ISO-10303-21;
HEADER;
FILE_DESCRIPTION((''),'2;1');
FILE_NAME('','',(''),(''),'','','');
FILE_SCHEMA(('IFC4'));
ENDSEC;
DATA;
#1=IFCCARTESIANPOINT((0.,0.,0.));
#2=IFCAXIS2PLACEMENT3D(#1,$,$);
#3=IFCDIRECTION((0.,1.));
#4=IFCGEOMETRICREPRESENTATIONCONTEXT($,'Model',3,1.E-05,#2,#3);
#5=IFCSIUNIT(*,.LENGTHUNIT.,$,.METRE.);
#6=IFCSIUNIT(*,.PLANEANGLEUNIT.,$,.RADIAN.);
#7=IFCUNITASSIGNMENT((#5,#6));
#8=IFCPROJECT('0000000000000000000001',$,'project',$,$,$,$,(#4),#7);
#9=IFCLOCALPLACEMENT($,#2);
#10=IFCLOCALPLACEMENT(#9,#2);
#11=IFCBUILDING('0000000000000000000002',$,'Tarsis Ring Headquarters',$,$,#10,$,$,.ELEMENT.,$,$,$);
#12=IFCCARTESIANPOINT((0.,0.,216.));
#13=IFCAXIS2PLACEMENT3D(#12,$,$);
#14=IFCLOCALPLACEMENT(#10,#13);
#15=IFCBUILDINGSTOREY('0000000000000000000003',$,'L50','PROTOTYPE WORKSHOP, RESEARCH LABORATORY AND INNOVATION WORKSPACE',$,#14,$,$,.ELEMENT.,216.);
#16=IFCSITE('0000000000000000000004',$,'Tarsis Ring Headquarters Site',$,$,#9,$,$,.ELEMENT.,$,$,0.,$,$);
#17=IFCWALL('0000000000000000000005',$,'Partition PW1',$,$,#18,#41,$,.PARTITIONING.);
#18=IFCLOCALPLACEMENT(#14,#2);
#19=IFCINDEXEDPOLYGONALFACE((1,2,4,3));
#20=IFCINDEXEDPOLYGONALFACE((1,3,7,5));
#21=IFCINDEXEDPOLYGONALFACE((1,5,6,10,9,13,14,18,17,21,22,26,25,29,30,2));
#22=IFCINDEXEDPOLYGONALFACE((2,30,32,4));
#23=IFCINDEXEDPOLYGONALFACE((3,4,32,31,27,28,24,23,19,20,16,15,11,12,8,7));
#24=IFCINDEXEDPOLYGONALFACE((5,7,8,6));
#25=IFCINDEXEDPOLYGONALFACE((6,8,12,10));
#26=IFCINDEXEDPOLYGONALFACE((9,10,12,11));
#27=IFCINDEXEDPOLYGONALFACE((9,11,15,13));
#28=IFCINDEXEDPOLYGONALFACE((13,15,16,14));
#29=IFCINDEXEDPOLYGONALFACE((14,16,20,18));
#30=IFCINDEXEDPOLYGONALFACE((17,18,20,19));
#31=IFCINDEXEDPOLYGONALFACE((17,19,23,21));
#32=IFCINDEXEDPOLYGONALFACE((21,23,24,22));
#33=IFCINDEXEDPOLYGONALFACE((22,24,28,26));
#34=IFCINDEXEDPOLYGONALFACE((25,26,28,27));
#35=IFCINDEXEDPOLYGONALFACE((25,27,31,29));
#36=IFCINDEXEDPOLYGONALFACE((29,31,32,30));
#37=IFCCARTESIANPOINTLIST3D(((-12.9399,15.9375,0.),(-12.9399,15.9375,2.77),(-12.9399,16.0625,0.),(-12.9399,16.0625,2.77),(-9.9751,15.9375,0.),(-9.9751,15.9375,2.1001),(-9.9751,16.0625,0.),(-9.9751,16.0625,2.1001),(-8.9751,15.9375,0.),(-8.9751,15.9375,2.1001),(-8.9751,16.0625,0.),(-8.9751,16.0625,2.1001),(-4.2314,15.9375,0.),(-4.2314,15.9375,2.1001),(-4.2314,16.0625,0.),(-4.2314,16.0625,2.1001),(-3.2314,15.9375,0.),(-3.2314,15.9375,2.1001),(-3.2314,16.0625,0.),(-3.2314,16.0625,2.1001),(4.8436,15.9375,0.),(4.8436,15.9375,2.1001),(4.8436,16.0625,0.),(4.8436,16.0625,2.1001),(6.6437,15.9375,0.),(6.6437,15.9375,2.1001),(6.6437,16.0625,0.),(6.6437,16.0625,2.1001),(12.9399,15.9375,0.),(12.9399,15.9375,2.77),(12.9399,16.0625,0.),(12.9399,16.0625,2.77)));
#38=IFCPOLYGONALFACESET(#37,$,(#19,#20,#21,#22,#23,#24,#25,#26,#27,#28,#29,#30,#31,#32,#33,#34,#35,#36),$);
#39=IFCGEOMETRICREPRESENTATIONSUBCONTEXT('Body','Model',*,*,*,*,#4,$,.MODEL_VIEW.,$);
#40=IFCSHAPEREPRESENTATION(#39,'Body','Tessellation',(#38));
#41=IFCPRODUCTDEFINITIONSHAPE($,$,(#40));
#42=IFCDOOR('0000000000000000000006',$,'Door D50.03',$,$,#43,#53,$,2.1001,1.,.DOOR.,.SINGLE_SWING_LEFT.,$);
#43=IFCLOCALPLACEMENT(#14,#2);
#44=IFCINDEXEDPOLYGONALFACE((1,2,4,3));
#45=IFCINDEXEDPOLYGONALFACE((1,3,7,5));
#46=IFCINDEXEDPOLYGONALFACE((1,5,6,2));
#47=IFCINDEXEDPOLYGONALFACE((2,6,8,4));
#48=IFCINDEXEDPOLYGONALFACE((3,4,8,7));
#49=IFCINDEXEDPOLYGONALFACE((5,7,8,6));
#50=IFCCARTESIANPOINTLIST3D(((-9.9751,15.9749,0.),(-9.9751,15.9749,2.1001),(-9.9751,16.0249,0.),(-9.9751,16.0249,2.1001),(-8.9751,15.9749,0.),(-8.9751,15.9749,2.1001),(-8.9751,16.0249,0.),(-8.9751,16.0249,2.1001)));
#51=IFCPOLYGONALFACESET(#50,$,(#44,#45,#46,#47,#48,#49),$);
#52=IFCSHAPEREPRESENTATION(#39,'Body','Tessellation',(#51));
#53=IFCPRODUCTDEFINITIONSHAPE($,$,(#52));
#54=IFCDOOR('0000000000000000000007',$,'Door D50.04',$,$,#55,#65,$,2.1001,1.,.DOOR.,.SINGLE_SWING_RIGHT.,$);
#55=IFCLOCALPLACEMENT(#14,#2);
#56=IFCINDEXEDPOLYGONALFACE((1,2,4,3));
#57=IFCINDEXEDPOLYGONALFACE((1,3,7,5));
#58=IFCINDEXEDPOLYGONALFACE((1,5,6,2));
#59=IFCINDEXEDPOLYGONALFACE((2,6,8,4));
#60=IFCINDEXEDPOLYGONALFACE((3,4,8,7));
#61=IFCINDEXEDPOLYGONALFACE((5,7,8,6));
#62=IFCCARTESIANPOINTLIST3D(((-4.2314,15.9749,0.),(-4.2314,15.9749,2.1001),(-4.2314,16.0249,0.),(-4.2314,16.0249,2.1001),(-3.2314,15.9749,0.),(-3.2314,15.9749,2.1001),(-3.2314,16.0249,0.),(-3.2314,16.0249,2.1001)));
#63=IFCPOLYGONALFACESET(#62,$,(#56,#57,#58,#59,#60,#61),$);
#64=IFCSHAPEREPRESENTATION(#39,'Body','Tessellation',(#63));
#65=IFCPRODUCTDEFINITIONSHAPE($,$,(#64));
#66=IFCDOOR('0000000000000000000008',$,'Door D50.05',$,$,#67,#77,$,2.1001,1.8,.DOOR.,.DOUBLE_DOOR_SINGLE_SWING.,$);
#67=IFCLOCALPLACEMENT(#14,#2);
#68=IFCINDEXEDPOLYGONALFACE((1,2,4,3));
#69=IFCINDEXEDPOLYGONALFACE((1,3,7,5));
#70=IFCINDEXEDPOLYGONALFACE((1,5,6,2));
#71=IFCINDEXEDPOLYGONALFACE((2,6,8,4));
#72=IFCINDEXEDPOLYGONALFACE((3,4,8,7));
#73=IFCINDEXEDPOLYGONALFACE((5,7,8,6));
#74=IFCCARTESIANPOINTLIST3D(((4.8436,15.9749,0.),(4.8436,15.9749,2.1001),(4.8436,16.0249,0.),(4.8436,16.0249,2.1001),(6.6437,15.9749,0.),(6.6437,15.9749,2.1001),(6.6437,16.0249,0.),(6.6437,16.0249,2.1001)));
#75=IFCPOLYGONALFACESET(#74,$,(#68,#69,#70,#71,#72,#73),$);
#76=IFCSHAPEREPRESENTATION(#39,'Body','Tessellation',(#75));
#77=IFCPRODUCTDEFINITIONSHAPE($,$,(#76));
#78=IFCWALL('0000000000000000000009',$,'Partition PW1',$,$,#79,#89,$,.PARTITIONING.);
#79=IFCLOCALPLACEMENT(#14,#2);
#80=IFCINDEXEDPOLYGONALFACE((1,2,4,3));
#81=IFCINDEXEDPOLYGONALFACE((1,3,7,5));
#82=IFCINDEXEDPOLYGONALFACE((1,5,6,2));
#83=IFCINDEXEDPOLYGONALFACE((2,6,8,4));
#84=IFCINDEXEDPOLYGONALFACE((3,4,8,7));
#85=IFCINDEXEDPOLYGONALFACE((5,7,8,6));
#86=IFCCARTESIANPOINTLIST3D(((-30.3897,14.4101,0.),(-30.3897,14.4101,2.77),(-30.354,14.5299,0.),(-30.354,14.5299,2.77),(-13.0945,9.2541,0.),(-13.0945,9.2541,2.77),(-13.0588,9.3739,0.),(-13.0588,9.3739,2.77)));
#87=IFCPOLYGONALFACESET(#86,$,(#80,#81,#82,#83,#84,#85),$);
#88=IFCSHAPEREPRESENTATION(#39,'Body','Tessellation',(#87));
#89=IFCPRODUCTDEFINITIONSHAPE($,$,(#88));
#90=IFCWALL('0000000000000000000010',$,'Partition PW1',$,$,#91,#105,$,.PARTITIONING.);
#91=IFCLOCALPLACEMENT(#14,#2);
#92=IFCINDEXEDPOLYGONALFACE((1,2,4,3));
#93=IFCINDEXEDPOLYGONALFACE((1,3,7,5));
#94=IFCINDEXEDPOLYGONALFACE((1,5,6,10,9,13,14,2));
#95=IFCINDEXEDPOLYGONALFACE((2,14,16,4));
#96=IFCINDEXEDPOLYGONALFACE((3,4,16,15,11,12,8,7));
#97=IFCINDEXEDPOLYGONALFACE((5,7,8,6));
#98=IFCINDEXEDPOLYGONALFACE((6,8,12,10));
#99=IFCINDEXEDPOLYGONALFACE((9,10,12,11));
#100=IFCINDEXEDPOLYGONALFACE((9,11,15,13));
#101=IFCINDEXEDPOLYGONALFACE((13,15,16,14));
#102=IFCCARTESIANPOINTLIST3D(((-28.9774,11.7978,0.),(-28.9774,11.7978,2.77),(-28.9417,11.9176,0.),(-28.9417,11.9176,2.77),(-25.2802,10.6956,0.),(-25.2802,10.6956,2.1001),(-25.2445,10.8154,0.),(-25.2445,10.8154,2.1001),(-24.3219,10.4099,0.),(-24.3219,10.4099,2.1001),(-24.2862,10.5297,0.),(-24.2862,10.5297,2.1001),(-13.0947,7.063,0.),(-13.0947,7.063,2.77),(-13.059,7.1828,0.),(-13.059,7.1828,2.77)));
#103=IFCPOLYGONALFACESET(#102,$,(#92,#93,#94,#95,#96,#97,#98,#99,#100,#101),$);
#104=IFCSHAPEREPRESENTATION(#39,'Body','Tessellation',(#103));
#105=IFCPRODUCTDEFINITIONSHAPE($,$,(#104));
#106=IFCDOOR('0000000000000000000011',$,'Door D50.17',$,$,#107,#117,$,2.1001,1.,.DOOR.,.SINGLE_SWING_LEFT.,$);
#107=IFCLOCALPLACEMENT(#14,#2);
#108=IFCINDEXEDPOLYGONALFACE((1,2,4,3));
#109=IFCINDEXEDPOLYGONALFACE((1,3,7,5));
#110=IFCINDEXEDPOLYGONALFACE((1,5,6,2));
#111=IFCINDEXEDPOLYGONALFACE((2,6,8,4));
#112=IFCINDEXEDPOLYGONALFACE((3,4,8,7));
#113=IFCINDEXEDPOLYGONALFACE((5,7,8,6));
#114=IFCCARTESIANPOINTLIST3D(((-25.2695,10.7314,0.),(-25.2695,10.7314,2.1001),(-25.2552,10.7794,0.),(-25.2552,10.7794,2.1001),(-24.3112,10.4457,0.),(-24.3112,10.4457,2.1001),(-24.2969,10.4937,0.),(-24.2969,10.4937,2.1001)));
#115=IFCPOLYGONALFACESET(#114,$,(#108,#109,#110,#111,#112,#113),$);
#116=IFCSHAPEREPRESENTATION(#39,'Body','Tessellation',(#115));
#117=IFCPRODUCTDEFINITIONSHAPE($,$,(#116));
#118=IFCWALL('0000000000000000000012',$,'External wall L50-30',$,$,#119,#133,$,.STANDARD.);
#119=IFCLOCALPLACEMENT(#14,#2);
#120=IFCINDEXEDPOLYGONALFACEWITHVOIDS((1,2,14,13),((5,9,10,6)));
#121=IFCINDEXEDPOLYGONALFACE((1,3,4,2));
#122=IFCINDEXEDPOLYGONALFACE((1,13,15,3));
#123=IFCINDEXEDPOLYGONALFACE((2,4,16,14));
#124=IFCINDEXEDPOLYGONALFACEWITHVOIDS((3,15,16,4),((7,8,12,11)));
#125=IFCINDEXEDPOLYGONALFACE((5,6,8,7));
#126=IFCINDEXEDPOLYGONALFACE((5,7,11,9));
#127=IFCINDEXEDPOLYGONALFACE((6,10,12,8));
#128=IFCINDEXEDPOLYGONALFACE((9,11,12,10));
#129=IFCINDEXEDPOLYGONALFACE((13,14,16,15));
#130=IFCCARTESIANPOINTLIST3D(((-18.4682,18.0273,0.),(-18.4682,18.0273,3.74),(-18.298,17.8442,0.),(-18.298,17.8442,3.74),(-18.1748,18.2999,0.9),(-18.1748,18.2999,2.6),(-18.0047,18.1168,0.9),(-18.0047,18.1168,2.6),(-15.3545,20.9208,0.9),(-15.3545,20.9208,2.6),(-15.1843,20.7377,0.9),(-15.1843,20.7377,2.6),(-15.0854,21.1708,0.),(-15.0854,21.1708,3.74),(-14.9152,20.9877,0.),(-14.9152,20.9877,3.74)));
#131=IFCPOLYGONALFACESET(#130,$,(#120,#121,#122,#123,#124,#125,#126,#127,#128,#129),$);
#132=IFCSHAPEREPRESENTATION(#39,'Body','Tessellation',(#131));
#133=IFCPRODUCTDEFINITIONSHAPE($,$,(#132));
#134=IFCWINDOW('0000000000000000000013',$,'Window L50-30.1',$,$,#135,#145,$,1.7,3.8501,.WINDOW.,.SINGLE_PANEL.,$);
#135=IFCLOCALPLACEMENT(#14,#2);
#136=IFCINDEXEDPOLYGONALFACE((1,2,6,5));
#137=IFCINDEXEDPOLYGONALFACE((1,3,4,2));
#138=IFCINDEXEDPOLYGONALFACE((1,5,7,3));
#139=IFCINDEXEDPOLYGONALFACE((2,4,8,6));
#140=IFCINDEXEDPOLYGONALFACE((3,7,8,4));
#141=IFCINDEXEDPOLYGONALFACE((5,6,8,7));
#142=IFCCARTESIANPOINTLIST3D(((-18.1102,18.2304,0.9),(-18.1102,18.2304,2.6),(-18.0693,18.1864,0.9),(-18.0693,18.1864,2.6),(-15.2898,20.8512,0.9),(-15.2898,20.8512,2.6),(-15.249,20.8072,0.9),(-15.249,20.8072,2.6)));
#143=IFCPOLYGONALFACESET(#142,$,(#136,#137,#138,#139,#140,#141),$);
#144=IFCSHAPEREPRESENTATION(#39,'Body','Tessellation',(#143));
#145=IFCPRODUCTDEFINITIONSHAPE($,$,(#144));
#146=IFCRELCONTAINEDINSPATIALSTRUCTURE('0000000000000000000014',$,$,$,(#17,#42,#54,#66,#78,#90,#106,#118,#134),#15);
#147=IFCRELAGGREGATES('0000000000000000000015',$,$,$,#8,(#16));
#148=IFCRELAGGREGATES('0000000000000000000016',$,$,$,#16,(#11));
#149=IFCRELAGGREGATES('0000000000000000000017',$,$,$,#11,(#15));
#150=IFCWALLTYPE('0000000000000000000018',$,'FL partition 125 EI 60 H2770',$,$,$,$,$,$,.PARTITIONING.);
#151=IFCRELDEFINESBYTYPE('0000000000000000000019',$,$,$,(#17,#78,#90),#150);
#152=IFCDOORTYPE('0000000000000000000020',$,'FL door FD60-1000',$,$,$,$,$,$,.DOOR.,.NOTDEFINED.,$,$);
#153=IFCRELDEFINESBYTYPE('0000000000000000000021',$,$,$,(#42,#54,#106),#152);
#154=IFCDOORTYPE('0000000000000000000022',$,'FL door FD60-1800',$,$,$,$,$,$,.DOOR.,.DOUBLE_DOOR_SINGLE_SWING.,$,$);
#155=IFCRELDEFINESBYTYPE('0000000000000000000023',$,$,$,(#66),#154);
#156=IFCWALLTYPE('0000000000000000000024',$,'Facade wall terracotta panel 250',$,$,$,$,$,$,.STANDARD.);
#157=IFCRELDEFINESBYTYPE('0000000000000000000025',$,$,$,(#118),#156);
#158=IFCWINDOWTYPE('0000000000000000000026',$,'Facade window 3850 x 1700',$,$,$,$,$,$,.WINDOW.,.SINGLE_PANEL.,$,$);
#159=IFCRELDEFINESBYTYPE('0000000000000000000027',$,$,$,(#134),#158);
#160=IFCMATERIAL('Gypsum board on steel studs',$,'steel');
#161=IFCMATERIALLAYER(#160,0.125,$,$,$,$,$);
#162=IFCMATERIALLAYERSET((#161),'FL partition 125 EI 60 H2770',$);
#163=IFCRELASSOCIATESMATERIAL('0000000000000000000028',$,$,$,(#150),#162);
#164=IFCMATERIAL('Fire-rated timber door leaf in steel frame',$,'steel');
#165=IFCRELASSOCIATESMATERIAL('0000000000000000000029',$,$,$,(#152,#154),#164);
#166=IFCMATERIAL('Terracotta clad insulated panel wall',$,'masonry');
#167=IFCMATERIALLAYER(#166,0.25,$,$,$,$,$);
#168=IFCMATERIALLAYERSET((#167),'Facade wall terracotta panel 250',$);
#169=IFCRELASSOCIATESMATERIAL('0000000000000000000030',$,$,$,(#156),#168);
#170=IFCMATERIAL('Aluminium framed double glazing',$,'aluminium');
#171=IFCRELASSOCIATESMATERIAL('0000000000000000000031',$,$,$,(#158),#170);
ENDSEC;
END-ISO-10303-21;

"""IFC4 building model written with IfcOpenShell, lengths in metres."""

from ifc_helpers import new_model, si_unit, direction, frame, frame_2d, origin, place, context, subcontext, project, spatial, rectangle, extrude, material, layer, layer_set, type_object, element, fill, save


model = new_model("IFC4")

# Units and contexts
model_context = context("Model", 3, precision=1e-05, world=origin(), true_north=direction((0.0, 1.0)))
body_context = subcontext(model_context, "Body", "Model", "MODEL_VIEW")
ifc_project = project(units=[si_unit("LENGTHUNIT", "METRE"), si_unit("PLANEANGLEUNIT", "RADIAN")], contexts=[model_context])

# Site, building, storey
site_placement = place(None, origin())
site = spatial("IfcSite", under=ifc_project, at=site_placement, Name="Tarsis Ring Headquarters Site", CompositionType="ELEMENT", RefElevation=0.0)
building_placement = place(site_placement, origin())
building = spatial("IfcBuilding", under=site, at=building_placement, Name="Tarsis Ring Headquarters", CompositionType="ELEMENT")
storey_placement = place(building_placement, frame((0.0, 0.0, 216.0)))
storey = spatial("IfcBuildingStorey", under=building, at=storey_placement, Name="L50", Description="PROTOTYPE WORKSHOP, RESEARCH LABORATORY AND INNOVATION WORKSPACE", CompositionType="ELEMENT", Elevation=216.0)

# Shared definitions
ifc_material_1 = material(Name="Gypsum board on steel studs", Category="steel")

# Wall, openings, doors
ifc_layer_1 = layer(ifc_material_1, 0.125)
ifc_layer_set_1 = layer_set([ifc_layer_1], Name="FL partition 125 EI 60 H2770")
wall_type_1 = type_object("IfcWallType", Name="FL partition 125 EI 60 H2770", PredefinedType="PARTITIONING", material=ifc_layer_set_1)
wall_1_placement = place(storey_placement, frame((-12.9399, 16.0, 0.0), z_axis=(0.0, 0.0, 1.0), x_axis=(1.0, 0.0, 0.0)))
wall_1 = element("IfcWall", 1, at=wall_1_placement, inside=storey, type_object=wall_type_1, Name="Partition PW1", PredefinedType="PARTITIONING", context=body_context, shape_type="SweptSolid", body=[
    extrude(rectangle(XDim=25.8799, YDim=0.125, at=frame_2d((12.9399, 0.0))), origin(), (0.0, 0.0, 1.0), 2.77),
])
opening_1_placement = place(wall_1_placement, frame((2.9648, 0.0, 0.0)))
opening_1 = element("IfcOpeningElement", 2, at=opening_1_placement, cuts=wall_1, PredefinedType="OPENING", context=body_context, shape_type="SweptSolid", body=[
    extrude(rectangle(XDim=1.0, YDim=2.1001, at=frame_2d((0.5, 1.05))), frame((0.0, 0.0725, 0.0), z_axis=(0.0, -1.0, 0.0), x_axis=(1.0, 0.0, 0.0)), (0.0, 0.0, 1.0), 0.145),
])
opening_2_placement = place(wall_1_placement, frame((8.7085, 0.0, 0.0)))
opening_2 = element("IfcOpeningElement", 3, at=opening_2_placement, cuts=wall_1, PredefinedType="OPENING", context=body_context, shape_type="SweptSolid", body=[
    extrude(rectangle(XDim=1.0, YDim=2.1001, at=frame_2d((0.5, 1.05))), frame((0.0, 0.0725, 0.0), z_axis=(0.0, -1.0, 0.0), x_axis=(1.0, 0.0, 0.0)), (0.0, 0.0, 1.0), 0.145),
])
opening_3_placement = place(wall_1_placement, frame((17.7837, 0.0, 0.0)))
opening_3 = element("IfcOpeningElement", 4, at=opening_3_placement, cuts=wall_1, PredefinedType="OPENING", context=body_context, shape_type="SweptSolid", body=[
    extrude(rectangle(XDim=1.8, YDim=2.1001, at=frame_2d((0.8999, 1.05))), frame((0.0, 0.0725, 0.0), z_axis=(0.0, -1.0, 0.0), x_axis=(1.0, 0.0, 0.0)), (0.0, 0.0, 1.0), 0.145),
])
ifc_material_2 = material(Name="Fire-rated timber door leaf in steel frame", Category="steel")
door_type_1 = type_object("IfcDoorType", Name="FL door FD60-1000", OperationType="NOTDEFINED", PredefinedType="DOOR", material=ifc_material_2)
door_1_placement = place(opening_1_placement, origin())
door_1 = element("IfcDoor", 5, at=door_1_placement, inside=storey, type_object=door_type_1, Name="Door D50.03", OperationType="SINGLE_SWING_LEFT", OverallHeight=2.1001, OverallWidth=1.0, PredefinedType="DOOR", context=body_context, shape_type="SweptSolid", body=[
    extrude(rectangle(XDim=1.0, YDim=2.1001, at=frame_2d((0.5, 1.05))), frame((0.0, 0.0249, 0.0), z_axis=(0.0, -1.0, 0.0), x_axis=(1.0, 0.0, 0.0)), (0.0, 0.0, 1.0), 0.05),
])
fill(opening_1, door_1)
door_2_placement = place(opening_2_placement, origin())
door_2 = element("IfcDoor", 6, at=door_2_placement, inside=storey, type_object=door_type_1, Name="Door D50.04", OperationType="SINGLE_SWING_RIGHT", OverallHeight=2.1001, OverallWidth=1.0, PredefinedType="DOOR", context=body_context, shape_type="SweptSolid", body=[
    extrude(rectangle(XDim=1.0, YDim=2.1001, at=frame_2d((0.5, 1.05))), frame((0.0, 0.0249, 0.0), z_axis=(0.0, -1.0, 0.0), x_axis=(1.0, 0.0, 0.0)), (0.0, 0.0, 1.0), 0.05),
])
fill(opening_2, door_2)
door_type_2 = type_object("IfcDoorType", Name="FL door FD60-1800", OperationType="DOUBLE_DOOR_SINGLE_SWING", PredefinedType="DOOR", material=ifc_material_2)
door_3_placement = place(opening_3_placement, origin())
door_3 = element("IfcDoor", 7, at=door_3_placement, inside=storey, type_object=door_type_2, Name="Door D50.05", OperationType="DOUBLE_DOOR_SINGLE_SWING", OverallHeight=2.1001, OverallWidth=1.8, PredefinedType="DOOR", context=body_context, shape_type="SweptSolid", body=[
    extrude(rectangle(XDim=1.8, YDim=2.1001, at=frame_2d((0.8999, 1.05))), frame((0.0, 0.0249, 0.0), z_axis=(0.0, -1.0, 0.0), x_axis=(1.0, 0.0, 0.0)), (0.0, 0.0, 1.0), 0.05),
])
fill(opening_3, door_3)

# Wall
wall_2_placement = place(storey_placement, frame((-30.3718, 14.47, 0.0), z_axis=(0.0, 0.0, 1.0), x_axis=(0.958321, -0.285693, 0.0)))
element("IfcWall", 8, at=wall_2_placement, inside=storey, type_object=wall_type_1, Name="Partition PW1", PredefinedType="PARTITIONING", context=body_context, shape_type="SweptSolid", body=[
    extrude(rectangle(XDim=18.0474, YDim=0.125, at=frame_2d((9.0237, 0.0))), origin(), (0.0, 0.0, 1.0), 2.77),
])

# Wall, opening, door
wall_3_placement = place(storey_placement, frame((-28.9595, 11.8577, 0.0), z_axis=(0.0, 0.0, 1.0), x_axis=(0.958323, -0.285688, 0.0)))
wall_3 = element("IfcWall", 9, at=wall_3_placement, inside=storey, type_object=wall_type_1, Name="Partition PW1", PredefinedType="PARTITIONING", context=body_context, shape_type="SweptSolid", body=[
    extrude(rectangle(XDim=16.5735, YDim=0.125, at=frame_2d((8.2866, 0.0))), origin(), (0.0, 0.0, 1.0), 2.77),
])
opening_4_placement = place(wall_3_placement, frame((3.8579, 0.0, 0.0)))
opening_4 = element("IfcOpeningElement", 10, at=opening_4_placement, cuts=wall_3, PredefinedType="OPENING", context=body_context, shape_type="SweptSolid", body=[
    extrude(rectangle(XDim=1.0, YDim=2.1001, at=frame_2d((0.5, 1.05))), frame((0.0, 0.0725, 0.0), z_axis=(0.0, -1.0, 0.0), x_axis=(1.0, 0.0, 0.0)), (0.0, 0.0, 1.0), 0.145),
])
door_4_placement = place(opening_4_placement, origin())
door_4 = element("IfcDoor", 11, at=door_4_placement, inside=storey, type_object=door_type_1, Name="Door D50.17", OperationType="SINGLE_SWING_LEFT", OverallHeight=2.1001, OverallWidth=1.0, PredefinedType="DOOR", context=body_context, shape_type="SweptSolid", body=[
    extrude(rectangle(XDim=1.0, YDim=2.1001, at=frame_2d((0.5, 1.05))), frame((0.0, 0.0249, 0.0), z_axis=(0.0, -1.0, 0.0), x_axis=(1.0, 0.0, 0.0)), (0.0, 0.0, 1.0), 0.05),
])
fill(opening_4, door_4)

# Wall, opening, window
ifc_material_3 = material(Name="Terracotta clad insulated panel wall", Category="masonry")
ifc_layer_2 = layer(ifc_material_3, 0.25)
ifc_layer_set_2 = layer_set([ifc_layer_2], Name="Facade wall terracotta panel 250")
wall_type_2 = type_object("IfcWallType", Name="Facade wall terracotta panel 250", PredefinedType="STANDARD", material=ifc_layer_set_2)
wall_4_placement = place(storey_placement, frame((-15.0002, 21.0793, 0.0), z_axis=(0.0, 0.0, 1.0), x_axis=(-0.732537, -0.680727, 0.0)))
wall_4 = element("IfcWall", 12, at=wall_4_placement, inside=storey, type_object=wall_type_2, Name="External wall L50-30", PredefinedType="STANDARD", context=body_context, shape_type="SweptSolid", body=[
    extrude(rectangle(XDim=4.6179, YDim=0.25, at=frame_2d((2.3091, 0.0))), origin(), (0.0, 0.0, 1.0), 3.74),
])
opening_5_placement = place(wall_4_placement, frame((0.3674, 0.0, 0.8999)))
opening_5 = element("IfcOpeningElement", 13, at=opening_5_placement, cuts=wall_4, PredefinedType="OPENING", context=body_context, shape_type="SweptSolid", body=[
    extrude(rectangle(XDim=3.8501, YDim=1.7, at=frame_2d((1.925, 0.8501))), frame((0.0, 0.135, 0.0), z_axis=(0.0, -1.0, 0.0), x_axis=(1.0, 0.0, 0.0)), (0.0, 0.0, 1.0), 0.27),
])
ifc_material_4 = material(Name="Aluminium framed double glazing", Category="aluminium")
window_type_1 = type_object("IfcWindowType", Name="Facade window 3850 x 1700", PartitioningType="SINGLE_PANEL", PredefinedType="WINDOW", material=ifc_material_4)
window_1_placement = place(opening_5_placement, origin())
window_1 = element("IfcWindow", 14, at=window_1_placement, inside=storey, type_object=window_type_1, Name="Window L50-30.1", OverallHeight=1.7, OverallWidth=3.8501, PartitioningType="SINGLE_PANEL", PredefinedType="WINDOW", context=body_context, shape_type="SweptSolid", body=[
    extrude(rectangle(XDim=3.8501, YDim=1.7, at=frame_2d((1.925, 0.8501))), frame((0.0, 0.03, 0.0), z_axis=(0.0, -1.0, 0.0), x_axis=(1.0, 0.0, 0.0)), (0.0, 0.0, 1.0), 0.0601),
])
fill(opening_5, window_1)

save(model, "model.ifc")
